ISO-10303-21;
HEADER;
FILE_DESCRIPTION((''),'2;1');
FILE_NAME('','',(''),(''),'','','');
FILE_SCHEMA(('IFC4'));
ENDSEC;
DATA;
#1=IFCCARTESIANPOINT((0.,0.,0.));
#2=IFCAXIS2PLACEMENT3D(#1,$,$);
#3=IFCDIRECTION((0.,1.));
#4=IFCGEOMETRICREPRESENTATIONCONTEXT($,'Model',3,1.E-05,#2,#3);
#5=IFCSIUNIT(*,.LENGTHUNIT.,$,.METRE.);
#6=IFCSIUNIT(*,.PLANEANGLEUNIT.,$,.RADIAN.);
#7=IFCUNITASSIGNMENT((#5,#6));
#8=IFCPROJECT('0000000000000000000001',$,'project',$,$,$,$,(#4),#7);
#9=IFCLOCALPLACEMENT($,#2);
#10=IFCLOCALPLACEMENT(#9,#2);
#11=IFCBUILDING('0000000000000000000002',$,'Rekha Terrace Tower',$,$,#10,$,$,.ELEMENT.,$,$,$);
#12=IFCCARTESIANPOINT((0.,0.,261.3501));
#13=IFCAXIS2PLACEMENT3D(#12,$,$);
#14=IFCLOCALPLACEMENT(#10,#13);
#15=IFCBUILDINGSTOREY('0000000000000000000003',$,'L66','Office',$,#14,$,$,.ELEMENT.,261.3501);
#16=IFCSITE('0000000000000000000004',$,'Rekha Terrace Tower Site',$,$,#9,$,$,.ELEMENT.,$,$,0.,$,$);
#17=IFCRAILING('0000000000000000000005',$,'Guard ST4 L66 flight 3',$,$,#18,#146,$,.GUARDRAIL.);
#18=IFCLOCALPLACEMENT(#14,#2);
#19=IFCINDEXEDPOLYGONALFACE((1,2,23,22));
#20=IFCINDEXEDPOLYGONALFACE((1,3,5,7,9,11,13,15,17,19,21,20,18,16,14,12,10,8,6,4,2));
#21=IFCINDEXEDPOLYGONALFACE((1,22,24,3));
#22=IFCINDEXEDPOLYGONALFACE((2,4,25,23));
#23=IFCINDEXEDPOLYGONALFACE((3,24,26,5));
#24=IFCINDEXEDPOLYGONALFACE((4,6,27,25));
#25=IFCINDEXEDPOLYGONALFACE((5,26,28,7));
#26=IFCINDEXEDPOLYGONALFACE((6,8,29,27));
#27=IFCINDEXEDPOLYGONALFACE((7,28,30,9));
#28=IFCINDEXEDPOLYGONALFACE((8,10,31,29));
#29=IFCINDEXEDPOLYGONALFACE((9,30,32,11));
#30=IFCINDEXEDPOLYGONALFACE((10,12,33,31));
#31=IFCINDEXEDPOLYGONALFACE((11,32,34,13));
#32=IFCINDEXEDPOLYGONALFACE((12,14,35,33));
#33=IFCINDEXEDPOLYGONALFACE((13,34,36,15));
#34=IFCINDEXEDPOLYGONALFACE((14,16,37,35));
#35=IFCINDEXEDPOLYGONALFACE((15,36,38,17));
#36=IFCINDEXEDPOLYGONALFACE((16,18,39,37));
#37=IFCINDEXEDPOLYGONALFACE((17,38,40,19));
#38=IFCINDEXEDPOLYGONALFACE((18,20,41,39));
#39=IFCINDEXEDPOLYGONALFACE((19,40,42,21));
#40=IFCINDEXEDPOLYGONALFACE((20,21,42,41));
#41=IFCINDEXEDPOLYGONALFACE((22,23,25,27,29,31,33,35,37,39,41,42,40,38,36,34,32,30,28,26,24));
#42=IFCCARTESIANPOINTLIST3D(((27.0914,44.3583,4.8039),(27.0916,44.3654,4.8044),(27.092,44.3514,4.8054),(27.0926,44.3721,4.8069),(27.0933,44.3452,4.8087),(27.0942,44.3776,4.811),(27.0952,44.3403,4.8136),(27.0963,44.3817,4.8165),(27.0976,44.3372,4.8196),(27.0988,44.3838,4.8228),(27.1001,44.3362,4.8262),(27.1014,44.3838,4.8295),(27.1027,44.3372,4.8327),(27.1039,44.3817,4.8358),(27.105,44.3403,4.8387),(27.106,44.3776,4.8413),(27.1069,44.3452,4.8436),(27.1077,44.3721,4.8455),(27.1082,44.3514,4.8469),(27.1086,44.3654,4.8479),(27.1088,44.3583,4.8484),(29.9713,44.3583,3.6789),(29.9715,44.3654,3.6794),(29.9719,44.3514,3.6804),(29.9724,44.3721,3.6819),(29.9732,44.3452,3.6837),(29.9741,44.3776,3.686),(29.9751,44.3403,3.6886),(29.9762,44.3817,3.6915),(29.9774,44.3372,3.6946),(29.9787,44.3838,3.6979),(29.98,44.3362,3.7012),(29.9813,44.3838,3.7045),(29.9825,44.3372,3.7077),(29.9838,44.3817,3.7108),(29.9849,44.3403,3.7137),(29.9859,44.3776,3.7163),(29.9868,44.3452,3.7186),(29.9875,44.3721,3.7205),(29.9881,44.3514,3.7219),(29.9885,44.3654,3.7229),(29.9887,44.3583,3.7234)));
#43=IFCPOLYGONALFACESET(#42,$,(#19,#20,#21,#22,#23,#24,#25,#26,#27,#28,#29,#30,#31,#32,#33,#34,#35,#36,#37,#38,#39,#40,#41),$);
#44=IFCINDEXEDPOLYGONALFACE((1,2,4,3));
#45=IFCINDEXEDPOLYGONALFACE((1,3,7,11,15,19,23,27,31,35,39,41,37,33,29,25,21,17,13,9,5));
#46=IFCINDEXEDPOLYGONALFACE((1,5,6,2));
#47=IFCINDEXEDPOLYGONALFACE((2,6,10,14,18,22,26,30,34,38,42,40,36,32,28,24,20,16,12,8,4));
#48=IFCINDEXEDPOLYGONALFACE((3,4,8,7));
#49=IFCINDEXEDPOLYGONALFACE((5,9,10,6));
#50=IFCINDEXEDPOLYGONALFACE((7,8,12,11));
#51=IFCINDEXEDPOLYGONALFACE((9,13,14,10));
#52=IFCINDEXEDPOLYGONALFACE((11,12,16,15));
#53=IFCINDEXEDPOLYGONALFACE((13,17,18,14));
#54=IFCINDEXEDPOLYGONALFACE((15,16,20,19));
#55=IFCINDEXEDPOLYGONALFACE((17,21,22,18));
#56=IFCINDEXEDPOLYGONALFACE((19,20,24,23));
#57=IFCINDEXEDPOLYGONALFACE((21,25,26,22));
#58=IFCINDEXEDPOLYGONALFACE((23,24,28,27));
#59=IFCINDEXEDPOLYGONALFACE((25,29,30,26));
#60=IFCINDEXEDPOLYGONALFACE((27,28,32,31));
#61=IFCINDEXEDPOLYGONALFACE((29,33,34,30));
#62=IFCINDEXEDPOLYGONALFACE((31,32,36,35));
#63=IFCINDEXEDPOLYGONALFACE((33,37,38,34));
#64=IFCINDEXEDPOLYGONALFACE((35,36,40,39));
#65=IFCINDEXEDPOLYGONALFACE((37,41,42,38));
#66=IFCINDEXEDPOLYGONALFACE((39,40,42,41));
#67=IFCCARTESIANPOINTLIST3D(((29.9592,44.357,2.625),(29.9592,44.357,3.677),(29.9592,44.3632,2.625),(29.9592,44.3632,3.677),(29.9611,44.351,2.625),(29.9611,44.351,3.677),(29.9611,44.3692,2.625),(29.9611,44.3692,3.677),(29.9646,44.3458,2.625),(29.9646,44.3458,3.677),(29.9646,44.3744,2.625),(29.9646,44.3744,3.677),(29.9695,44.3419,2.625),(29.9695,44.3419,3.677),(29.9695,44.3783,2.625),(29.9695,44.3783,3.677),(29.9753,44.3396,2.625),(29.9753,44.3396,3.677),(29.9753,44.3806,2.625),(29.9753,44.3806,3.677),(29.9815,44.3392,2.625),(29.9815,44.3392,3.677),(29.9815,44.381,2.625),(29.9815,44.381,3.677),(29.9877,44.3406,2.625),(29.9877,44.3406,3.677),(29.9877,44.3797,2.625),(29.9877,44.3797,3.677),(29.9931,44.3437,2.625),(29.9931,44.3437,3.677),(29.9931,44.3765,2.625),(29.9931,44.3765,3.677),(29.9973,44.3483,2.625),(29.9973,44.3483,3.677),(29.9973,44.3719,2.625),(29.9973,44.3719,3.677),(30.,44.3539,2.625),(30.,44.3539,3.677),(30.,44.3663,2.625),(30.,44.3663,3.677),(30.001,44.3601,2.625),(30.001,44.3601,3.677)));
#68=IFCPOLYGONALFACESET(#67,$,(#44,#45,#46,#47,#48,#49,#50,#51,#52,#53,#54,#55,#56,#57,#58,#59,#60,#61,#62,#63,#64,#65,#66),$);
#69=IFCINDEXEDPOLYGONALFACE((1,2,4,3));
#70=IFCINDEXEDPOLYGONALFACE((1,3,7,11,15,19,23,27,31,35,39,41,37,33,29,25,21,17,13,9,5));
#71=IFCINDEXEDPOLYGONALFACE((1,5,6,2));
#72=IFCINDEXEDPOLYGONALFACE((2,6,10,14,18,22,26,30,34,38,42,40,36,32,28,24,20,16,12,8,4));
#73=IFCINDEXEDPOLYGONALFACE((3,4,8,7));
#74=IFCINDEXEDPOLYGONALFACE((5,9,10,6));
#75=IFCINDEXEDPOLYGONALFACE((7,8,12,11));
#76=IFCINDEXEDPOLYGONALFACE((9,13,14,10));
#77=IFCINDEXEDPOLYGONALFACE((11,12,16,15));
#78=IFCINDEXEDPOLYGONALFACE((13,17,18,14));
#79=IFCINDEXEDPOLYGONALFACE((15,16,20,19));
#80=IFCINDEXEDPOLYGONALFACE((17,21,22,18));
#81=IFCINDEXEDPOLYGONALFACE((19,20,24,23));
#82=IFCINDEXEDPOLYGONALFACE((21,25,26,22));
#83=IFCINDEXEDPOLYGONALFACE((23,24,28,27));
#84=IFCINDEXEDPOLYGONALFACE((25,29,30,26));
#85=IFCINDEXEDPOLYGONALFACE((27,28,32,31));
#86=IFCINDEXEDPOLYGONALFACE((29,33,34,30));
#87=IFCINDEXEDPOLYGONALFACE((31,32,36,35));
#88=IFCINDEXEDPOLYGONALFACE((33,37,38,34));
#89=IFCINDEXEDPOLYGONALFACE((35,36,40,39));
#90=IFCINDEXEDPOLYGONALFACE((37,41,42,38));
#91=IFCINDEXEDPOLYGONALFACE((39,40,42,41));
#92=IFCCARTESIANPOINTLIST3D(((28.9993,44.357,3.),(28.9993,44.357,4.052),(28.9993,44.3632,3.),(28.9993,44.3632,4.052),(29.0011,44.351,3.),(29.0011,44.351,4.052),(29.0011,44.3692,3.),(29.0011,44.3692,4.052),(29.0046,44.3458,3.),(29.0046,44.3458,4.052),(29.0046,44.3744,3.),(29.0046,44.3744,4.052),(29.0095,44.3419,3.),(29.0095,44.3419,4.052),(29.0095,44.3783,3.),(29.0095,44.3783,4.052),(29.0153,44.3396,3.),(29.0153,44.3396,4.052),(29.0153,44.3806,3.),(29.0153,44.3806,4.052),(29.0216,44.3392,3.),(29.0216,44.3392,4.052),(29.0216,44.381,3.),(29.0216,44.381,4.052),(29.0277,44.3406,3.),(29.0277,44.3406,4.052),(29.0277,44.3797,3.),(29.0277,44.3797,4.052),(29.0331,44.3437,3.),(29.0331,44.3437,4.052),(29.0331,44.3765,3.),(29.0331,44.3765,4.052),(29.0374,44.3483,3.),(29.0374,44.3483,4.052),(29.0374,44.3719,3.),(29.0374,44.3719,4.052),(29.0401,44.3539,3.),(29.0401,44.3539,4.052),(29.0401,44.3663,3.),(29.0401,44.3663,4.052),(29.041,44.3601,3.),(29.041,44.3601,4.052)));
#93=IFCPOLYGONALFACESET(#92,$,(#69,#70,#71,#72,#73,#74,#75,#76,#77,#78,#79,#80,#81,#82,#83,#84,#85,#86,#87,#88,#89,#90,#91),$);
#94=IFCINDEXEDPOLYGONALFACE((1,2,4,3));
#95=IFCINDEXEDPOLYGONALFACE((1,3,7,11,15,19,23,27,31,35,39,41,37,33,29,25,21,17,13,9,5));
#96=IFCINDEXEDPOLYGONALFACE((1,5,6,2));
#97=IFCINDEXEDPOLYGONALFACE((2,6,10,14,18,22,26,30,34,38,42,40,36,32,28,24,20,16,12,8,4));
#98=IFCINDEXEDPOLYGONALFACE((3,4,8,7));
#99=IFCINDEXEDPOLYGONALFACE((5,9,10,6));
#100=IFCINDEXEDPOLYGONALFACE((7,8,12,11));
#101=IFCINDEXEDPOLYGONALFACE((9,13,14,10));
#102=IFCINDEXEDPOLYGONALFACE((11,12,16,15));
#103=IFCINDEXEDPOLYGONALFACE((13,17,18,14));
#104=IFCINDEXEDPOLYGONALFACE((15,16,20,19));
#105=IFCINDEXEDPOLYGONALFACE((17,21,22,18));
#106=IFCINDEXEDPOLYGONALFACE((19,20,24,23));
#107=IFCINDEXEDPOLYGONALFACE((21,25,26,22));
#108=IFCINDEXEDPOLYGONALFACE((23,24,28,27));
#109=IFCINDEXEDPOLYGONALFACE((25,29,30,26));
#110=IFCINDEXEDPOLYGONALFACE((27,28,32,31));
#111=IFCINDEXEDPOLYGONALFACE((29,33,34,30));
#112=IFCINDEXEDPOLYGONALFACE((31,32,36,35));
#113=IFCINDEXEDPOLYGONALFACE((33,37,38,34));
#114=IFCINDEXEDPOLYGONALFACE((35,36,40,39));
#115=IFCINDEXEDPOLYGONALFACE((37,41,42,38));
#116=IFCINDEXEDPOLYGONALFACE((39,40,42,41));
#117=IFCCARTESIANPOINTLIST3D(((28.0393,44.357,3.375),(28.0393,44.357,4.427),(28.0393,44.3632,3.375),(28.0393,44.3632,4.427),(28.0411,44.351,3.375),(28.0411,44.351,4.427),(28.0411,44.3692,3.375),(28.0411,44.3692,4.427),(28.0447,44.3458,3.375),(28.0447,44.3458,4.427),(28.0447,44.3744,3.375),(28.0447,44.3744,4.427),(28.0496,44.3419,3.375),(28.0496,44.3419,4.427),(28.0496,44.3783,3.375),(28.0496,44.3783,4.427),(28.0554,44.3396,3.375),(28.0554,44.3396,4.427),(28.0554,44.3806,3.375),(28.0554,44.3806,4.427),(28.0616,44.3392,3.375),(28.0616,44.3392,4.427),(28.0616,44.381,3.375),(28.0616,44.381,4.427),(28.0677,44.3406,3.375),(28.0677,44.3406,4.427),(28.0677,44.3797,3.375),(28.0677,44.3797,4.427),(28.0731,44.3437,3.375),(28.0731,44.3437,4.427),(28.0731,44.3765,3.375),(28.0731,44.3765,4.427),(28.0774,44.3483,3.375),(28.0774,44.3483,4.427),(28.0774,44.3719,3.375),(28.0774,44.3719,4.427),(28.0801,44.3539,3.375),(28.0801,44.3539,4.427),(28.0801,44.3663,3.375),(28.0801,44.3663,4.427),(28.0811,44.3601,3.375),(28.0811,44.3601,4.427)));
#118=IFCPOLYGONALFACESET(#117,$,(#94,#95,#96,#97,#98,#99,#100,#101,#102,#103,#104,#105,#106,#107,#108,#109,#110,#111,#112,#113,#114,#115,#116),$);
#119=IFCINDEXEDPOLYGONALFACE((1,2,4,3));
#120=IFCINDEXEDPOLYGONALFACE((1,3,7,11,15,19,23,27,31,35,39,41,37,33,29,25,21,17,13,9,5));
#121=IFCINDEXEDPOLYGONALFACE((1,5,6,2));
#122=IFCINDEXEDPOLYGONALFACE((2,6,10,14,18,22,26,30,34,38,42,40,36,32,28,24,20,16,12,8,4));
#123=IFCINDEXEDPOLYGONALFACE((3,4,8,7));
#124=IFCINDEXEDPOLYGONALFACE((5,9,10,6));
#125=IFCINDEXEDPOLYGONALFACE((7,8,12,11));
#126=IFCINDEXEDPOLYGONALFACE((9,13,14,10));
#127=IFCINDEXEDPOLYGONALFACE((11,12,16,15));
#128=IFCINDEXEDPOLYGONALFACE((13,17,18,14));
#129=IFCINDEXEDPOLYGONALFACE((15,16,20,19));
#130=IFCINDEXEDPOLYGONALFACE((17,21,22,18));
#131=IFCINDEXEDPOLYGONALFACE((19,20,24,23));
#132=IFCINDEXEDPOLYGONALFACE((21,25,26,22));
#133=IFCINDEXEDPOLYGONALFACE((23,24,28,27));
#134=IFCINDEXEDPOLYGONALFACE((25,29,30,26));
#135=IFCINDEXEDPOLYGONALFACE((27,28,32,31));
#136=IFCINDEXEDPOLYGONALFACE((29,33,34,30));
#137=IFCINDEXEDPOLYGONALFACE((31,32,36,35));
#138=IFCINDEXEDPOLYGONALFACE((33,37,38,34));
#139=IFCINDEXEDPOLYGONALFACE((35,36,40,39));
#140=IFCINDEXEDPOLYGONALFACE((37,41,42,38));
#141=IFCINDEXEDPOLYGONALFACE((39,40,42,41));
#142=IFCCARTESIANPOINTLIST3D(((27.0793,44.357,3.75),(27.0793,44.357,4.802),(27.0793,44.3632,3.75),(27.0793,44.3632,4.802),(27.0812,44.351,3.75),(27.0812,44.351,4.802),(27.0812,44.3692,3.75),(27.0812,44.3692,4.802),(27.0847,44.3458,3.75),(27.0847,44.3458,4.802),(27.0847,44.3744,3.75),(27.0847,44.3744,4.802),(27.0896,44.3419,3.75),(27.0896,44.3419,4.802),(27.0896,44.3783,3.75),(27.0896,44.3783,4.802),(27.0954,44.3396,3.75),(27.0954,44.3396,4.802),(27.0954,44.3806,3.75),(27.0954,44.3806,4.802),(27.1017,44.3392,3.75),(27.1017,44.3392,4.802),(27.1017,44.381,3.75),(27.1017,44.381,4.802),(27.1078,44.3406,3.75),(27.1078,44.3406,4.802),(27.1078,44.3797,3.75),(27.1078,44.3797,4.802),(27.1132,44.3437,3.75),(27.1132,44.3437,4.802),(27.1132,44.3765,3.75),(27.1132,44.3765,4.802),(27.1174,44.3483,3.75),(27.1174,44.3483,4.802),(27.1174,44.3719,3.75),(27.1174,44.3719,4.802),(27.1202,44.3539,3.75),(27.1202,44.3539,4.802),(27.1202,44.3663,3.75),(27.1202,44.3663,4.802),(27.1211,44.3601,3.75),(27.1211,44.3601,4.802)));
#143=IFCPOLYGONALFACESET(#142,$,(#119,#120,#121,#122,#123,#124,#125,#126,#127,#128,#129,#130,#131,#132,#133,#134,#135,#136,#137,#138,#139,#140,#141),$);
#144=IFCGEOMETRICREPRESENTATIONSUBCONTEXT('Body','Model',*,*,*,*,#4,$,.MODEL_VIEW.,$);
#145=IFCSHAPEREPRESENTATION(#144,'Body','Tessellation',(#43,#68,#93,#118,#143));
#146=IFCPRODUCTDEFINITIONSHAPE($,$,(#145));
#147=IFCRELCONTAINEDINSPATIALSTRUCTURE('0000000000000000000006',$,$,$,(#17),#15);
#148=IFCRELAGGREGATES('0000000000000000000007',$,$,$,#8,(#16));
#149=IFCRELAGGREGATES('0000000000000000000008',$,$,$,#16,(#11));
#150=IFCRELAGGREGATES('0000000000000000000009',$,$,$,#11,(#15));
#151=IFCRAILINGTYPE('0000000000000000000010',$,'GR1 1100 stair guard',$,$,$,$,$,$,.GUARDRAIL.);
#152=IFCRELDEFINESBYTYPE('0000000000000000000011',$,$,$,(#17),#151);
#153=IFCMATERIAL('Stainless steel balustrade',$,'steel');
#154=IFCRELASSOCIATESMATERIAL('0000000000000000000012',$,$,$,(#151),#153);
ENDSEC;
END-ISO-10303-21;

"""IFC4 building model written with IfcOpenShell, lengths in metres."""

from ifc_helpers import new_model, si_unit, direction, frame, origin, origin_2d, place, context, subcontext, project, spatial, circle, extrude, material, type_object, element, save


model = new_model("IFC4")

# Units and contexts
model_context = context("Model", 3, precision=1e-05, world=origin(), true_north=direction((0.0, 1.0)))
body_context = subcontext(model_context, "Body", "Model", "MODEL_VIEW")
ifc_project = project(units=[si_unit("LENGTHUNIT", "METRE"), si_unit("PLANEANGLEUNIT", "RADIAN")], contexts=[model_context])

# Site, building, storey
site_placement = place(None, origin())
site = spatial("IfcSite", under=ifc_project, at=site_placement, Name="Rekha Terrace Tower Site", CompositionType="ELEMENT", RefElevation=0.0)
building_placement = place(site_placement, origin())
building = spatial("IfcBuilding", under=site, at=building_placement, Name="Rekha Terrace Tower", CompositionType="ELEMENT")
storey_placement = place(building_placement, frame((0.0, 0.0, 261.3501)))
storey = spatial("IfcBuildingStorey", under=building, at=storey_placement, Name="L66", Description="Office", CompositionType="ELEMENT", Elevation=261.3501)

# Railing
ifc_material_1 = material(Name="Stainless steel balustrade", Category="steel")
railing_type_1 = type_object("IfcRailingType", Name="GR1 1100 stair guard", PredefinedType="GUARDRAIL", material=ifc_material_1)
railing_1_placement = place(storey_placement, frame((29.98, 44.3601, 2.625)))
element("IfcRailing", 1, at=railing_1_placement, inside=storey, type_object=railing_type_1, Name="Guard ST4 L66 flight 3", PredefinedType="GUARDRAIL", context=body_context, shape_type="SweptSolid", body=[
    extrude(circle(Radius=0.0239, at=origin_2d()), frame((0.0, 0.0, 1.0762), z_axis=(-0.931452, 0.0, 0.363863), x_axis=(0.0, -1.0, 0.0)), (0.0, 0.0, 1.0), 3.0918),
    extrude(circle(Radius=0.021, at=origin_2d()), origin(), (0.0, 0.0, 1.0), 1.052),
    extrude(circle(Radius=0.021, at=origin_2d()), frame((-0.96, 0.0, 0.375)), (0.0, 0.0, 1.0), 1.052),
    extrude(circle(Radius=0.021, at=origin_2d()), frame((-1.9199, 0.0, 0.75)), (0.0, 0.0, 1.0), 1.052),
    extrude(circle(Radius=0.021, at=origin_2d()), frame((-2.8799, 0.0, 1.125)), (0.0, 0.0, 1.0), 1.052),
])

save(model, "model.ifc")
